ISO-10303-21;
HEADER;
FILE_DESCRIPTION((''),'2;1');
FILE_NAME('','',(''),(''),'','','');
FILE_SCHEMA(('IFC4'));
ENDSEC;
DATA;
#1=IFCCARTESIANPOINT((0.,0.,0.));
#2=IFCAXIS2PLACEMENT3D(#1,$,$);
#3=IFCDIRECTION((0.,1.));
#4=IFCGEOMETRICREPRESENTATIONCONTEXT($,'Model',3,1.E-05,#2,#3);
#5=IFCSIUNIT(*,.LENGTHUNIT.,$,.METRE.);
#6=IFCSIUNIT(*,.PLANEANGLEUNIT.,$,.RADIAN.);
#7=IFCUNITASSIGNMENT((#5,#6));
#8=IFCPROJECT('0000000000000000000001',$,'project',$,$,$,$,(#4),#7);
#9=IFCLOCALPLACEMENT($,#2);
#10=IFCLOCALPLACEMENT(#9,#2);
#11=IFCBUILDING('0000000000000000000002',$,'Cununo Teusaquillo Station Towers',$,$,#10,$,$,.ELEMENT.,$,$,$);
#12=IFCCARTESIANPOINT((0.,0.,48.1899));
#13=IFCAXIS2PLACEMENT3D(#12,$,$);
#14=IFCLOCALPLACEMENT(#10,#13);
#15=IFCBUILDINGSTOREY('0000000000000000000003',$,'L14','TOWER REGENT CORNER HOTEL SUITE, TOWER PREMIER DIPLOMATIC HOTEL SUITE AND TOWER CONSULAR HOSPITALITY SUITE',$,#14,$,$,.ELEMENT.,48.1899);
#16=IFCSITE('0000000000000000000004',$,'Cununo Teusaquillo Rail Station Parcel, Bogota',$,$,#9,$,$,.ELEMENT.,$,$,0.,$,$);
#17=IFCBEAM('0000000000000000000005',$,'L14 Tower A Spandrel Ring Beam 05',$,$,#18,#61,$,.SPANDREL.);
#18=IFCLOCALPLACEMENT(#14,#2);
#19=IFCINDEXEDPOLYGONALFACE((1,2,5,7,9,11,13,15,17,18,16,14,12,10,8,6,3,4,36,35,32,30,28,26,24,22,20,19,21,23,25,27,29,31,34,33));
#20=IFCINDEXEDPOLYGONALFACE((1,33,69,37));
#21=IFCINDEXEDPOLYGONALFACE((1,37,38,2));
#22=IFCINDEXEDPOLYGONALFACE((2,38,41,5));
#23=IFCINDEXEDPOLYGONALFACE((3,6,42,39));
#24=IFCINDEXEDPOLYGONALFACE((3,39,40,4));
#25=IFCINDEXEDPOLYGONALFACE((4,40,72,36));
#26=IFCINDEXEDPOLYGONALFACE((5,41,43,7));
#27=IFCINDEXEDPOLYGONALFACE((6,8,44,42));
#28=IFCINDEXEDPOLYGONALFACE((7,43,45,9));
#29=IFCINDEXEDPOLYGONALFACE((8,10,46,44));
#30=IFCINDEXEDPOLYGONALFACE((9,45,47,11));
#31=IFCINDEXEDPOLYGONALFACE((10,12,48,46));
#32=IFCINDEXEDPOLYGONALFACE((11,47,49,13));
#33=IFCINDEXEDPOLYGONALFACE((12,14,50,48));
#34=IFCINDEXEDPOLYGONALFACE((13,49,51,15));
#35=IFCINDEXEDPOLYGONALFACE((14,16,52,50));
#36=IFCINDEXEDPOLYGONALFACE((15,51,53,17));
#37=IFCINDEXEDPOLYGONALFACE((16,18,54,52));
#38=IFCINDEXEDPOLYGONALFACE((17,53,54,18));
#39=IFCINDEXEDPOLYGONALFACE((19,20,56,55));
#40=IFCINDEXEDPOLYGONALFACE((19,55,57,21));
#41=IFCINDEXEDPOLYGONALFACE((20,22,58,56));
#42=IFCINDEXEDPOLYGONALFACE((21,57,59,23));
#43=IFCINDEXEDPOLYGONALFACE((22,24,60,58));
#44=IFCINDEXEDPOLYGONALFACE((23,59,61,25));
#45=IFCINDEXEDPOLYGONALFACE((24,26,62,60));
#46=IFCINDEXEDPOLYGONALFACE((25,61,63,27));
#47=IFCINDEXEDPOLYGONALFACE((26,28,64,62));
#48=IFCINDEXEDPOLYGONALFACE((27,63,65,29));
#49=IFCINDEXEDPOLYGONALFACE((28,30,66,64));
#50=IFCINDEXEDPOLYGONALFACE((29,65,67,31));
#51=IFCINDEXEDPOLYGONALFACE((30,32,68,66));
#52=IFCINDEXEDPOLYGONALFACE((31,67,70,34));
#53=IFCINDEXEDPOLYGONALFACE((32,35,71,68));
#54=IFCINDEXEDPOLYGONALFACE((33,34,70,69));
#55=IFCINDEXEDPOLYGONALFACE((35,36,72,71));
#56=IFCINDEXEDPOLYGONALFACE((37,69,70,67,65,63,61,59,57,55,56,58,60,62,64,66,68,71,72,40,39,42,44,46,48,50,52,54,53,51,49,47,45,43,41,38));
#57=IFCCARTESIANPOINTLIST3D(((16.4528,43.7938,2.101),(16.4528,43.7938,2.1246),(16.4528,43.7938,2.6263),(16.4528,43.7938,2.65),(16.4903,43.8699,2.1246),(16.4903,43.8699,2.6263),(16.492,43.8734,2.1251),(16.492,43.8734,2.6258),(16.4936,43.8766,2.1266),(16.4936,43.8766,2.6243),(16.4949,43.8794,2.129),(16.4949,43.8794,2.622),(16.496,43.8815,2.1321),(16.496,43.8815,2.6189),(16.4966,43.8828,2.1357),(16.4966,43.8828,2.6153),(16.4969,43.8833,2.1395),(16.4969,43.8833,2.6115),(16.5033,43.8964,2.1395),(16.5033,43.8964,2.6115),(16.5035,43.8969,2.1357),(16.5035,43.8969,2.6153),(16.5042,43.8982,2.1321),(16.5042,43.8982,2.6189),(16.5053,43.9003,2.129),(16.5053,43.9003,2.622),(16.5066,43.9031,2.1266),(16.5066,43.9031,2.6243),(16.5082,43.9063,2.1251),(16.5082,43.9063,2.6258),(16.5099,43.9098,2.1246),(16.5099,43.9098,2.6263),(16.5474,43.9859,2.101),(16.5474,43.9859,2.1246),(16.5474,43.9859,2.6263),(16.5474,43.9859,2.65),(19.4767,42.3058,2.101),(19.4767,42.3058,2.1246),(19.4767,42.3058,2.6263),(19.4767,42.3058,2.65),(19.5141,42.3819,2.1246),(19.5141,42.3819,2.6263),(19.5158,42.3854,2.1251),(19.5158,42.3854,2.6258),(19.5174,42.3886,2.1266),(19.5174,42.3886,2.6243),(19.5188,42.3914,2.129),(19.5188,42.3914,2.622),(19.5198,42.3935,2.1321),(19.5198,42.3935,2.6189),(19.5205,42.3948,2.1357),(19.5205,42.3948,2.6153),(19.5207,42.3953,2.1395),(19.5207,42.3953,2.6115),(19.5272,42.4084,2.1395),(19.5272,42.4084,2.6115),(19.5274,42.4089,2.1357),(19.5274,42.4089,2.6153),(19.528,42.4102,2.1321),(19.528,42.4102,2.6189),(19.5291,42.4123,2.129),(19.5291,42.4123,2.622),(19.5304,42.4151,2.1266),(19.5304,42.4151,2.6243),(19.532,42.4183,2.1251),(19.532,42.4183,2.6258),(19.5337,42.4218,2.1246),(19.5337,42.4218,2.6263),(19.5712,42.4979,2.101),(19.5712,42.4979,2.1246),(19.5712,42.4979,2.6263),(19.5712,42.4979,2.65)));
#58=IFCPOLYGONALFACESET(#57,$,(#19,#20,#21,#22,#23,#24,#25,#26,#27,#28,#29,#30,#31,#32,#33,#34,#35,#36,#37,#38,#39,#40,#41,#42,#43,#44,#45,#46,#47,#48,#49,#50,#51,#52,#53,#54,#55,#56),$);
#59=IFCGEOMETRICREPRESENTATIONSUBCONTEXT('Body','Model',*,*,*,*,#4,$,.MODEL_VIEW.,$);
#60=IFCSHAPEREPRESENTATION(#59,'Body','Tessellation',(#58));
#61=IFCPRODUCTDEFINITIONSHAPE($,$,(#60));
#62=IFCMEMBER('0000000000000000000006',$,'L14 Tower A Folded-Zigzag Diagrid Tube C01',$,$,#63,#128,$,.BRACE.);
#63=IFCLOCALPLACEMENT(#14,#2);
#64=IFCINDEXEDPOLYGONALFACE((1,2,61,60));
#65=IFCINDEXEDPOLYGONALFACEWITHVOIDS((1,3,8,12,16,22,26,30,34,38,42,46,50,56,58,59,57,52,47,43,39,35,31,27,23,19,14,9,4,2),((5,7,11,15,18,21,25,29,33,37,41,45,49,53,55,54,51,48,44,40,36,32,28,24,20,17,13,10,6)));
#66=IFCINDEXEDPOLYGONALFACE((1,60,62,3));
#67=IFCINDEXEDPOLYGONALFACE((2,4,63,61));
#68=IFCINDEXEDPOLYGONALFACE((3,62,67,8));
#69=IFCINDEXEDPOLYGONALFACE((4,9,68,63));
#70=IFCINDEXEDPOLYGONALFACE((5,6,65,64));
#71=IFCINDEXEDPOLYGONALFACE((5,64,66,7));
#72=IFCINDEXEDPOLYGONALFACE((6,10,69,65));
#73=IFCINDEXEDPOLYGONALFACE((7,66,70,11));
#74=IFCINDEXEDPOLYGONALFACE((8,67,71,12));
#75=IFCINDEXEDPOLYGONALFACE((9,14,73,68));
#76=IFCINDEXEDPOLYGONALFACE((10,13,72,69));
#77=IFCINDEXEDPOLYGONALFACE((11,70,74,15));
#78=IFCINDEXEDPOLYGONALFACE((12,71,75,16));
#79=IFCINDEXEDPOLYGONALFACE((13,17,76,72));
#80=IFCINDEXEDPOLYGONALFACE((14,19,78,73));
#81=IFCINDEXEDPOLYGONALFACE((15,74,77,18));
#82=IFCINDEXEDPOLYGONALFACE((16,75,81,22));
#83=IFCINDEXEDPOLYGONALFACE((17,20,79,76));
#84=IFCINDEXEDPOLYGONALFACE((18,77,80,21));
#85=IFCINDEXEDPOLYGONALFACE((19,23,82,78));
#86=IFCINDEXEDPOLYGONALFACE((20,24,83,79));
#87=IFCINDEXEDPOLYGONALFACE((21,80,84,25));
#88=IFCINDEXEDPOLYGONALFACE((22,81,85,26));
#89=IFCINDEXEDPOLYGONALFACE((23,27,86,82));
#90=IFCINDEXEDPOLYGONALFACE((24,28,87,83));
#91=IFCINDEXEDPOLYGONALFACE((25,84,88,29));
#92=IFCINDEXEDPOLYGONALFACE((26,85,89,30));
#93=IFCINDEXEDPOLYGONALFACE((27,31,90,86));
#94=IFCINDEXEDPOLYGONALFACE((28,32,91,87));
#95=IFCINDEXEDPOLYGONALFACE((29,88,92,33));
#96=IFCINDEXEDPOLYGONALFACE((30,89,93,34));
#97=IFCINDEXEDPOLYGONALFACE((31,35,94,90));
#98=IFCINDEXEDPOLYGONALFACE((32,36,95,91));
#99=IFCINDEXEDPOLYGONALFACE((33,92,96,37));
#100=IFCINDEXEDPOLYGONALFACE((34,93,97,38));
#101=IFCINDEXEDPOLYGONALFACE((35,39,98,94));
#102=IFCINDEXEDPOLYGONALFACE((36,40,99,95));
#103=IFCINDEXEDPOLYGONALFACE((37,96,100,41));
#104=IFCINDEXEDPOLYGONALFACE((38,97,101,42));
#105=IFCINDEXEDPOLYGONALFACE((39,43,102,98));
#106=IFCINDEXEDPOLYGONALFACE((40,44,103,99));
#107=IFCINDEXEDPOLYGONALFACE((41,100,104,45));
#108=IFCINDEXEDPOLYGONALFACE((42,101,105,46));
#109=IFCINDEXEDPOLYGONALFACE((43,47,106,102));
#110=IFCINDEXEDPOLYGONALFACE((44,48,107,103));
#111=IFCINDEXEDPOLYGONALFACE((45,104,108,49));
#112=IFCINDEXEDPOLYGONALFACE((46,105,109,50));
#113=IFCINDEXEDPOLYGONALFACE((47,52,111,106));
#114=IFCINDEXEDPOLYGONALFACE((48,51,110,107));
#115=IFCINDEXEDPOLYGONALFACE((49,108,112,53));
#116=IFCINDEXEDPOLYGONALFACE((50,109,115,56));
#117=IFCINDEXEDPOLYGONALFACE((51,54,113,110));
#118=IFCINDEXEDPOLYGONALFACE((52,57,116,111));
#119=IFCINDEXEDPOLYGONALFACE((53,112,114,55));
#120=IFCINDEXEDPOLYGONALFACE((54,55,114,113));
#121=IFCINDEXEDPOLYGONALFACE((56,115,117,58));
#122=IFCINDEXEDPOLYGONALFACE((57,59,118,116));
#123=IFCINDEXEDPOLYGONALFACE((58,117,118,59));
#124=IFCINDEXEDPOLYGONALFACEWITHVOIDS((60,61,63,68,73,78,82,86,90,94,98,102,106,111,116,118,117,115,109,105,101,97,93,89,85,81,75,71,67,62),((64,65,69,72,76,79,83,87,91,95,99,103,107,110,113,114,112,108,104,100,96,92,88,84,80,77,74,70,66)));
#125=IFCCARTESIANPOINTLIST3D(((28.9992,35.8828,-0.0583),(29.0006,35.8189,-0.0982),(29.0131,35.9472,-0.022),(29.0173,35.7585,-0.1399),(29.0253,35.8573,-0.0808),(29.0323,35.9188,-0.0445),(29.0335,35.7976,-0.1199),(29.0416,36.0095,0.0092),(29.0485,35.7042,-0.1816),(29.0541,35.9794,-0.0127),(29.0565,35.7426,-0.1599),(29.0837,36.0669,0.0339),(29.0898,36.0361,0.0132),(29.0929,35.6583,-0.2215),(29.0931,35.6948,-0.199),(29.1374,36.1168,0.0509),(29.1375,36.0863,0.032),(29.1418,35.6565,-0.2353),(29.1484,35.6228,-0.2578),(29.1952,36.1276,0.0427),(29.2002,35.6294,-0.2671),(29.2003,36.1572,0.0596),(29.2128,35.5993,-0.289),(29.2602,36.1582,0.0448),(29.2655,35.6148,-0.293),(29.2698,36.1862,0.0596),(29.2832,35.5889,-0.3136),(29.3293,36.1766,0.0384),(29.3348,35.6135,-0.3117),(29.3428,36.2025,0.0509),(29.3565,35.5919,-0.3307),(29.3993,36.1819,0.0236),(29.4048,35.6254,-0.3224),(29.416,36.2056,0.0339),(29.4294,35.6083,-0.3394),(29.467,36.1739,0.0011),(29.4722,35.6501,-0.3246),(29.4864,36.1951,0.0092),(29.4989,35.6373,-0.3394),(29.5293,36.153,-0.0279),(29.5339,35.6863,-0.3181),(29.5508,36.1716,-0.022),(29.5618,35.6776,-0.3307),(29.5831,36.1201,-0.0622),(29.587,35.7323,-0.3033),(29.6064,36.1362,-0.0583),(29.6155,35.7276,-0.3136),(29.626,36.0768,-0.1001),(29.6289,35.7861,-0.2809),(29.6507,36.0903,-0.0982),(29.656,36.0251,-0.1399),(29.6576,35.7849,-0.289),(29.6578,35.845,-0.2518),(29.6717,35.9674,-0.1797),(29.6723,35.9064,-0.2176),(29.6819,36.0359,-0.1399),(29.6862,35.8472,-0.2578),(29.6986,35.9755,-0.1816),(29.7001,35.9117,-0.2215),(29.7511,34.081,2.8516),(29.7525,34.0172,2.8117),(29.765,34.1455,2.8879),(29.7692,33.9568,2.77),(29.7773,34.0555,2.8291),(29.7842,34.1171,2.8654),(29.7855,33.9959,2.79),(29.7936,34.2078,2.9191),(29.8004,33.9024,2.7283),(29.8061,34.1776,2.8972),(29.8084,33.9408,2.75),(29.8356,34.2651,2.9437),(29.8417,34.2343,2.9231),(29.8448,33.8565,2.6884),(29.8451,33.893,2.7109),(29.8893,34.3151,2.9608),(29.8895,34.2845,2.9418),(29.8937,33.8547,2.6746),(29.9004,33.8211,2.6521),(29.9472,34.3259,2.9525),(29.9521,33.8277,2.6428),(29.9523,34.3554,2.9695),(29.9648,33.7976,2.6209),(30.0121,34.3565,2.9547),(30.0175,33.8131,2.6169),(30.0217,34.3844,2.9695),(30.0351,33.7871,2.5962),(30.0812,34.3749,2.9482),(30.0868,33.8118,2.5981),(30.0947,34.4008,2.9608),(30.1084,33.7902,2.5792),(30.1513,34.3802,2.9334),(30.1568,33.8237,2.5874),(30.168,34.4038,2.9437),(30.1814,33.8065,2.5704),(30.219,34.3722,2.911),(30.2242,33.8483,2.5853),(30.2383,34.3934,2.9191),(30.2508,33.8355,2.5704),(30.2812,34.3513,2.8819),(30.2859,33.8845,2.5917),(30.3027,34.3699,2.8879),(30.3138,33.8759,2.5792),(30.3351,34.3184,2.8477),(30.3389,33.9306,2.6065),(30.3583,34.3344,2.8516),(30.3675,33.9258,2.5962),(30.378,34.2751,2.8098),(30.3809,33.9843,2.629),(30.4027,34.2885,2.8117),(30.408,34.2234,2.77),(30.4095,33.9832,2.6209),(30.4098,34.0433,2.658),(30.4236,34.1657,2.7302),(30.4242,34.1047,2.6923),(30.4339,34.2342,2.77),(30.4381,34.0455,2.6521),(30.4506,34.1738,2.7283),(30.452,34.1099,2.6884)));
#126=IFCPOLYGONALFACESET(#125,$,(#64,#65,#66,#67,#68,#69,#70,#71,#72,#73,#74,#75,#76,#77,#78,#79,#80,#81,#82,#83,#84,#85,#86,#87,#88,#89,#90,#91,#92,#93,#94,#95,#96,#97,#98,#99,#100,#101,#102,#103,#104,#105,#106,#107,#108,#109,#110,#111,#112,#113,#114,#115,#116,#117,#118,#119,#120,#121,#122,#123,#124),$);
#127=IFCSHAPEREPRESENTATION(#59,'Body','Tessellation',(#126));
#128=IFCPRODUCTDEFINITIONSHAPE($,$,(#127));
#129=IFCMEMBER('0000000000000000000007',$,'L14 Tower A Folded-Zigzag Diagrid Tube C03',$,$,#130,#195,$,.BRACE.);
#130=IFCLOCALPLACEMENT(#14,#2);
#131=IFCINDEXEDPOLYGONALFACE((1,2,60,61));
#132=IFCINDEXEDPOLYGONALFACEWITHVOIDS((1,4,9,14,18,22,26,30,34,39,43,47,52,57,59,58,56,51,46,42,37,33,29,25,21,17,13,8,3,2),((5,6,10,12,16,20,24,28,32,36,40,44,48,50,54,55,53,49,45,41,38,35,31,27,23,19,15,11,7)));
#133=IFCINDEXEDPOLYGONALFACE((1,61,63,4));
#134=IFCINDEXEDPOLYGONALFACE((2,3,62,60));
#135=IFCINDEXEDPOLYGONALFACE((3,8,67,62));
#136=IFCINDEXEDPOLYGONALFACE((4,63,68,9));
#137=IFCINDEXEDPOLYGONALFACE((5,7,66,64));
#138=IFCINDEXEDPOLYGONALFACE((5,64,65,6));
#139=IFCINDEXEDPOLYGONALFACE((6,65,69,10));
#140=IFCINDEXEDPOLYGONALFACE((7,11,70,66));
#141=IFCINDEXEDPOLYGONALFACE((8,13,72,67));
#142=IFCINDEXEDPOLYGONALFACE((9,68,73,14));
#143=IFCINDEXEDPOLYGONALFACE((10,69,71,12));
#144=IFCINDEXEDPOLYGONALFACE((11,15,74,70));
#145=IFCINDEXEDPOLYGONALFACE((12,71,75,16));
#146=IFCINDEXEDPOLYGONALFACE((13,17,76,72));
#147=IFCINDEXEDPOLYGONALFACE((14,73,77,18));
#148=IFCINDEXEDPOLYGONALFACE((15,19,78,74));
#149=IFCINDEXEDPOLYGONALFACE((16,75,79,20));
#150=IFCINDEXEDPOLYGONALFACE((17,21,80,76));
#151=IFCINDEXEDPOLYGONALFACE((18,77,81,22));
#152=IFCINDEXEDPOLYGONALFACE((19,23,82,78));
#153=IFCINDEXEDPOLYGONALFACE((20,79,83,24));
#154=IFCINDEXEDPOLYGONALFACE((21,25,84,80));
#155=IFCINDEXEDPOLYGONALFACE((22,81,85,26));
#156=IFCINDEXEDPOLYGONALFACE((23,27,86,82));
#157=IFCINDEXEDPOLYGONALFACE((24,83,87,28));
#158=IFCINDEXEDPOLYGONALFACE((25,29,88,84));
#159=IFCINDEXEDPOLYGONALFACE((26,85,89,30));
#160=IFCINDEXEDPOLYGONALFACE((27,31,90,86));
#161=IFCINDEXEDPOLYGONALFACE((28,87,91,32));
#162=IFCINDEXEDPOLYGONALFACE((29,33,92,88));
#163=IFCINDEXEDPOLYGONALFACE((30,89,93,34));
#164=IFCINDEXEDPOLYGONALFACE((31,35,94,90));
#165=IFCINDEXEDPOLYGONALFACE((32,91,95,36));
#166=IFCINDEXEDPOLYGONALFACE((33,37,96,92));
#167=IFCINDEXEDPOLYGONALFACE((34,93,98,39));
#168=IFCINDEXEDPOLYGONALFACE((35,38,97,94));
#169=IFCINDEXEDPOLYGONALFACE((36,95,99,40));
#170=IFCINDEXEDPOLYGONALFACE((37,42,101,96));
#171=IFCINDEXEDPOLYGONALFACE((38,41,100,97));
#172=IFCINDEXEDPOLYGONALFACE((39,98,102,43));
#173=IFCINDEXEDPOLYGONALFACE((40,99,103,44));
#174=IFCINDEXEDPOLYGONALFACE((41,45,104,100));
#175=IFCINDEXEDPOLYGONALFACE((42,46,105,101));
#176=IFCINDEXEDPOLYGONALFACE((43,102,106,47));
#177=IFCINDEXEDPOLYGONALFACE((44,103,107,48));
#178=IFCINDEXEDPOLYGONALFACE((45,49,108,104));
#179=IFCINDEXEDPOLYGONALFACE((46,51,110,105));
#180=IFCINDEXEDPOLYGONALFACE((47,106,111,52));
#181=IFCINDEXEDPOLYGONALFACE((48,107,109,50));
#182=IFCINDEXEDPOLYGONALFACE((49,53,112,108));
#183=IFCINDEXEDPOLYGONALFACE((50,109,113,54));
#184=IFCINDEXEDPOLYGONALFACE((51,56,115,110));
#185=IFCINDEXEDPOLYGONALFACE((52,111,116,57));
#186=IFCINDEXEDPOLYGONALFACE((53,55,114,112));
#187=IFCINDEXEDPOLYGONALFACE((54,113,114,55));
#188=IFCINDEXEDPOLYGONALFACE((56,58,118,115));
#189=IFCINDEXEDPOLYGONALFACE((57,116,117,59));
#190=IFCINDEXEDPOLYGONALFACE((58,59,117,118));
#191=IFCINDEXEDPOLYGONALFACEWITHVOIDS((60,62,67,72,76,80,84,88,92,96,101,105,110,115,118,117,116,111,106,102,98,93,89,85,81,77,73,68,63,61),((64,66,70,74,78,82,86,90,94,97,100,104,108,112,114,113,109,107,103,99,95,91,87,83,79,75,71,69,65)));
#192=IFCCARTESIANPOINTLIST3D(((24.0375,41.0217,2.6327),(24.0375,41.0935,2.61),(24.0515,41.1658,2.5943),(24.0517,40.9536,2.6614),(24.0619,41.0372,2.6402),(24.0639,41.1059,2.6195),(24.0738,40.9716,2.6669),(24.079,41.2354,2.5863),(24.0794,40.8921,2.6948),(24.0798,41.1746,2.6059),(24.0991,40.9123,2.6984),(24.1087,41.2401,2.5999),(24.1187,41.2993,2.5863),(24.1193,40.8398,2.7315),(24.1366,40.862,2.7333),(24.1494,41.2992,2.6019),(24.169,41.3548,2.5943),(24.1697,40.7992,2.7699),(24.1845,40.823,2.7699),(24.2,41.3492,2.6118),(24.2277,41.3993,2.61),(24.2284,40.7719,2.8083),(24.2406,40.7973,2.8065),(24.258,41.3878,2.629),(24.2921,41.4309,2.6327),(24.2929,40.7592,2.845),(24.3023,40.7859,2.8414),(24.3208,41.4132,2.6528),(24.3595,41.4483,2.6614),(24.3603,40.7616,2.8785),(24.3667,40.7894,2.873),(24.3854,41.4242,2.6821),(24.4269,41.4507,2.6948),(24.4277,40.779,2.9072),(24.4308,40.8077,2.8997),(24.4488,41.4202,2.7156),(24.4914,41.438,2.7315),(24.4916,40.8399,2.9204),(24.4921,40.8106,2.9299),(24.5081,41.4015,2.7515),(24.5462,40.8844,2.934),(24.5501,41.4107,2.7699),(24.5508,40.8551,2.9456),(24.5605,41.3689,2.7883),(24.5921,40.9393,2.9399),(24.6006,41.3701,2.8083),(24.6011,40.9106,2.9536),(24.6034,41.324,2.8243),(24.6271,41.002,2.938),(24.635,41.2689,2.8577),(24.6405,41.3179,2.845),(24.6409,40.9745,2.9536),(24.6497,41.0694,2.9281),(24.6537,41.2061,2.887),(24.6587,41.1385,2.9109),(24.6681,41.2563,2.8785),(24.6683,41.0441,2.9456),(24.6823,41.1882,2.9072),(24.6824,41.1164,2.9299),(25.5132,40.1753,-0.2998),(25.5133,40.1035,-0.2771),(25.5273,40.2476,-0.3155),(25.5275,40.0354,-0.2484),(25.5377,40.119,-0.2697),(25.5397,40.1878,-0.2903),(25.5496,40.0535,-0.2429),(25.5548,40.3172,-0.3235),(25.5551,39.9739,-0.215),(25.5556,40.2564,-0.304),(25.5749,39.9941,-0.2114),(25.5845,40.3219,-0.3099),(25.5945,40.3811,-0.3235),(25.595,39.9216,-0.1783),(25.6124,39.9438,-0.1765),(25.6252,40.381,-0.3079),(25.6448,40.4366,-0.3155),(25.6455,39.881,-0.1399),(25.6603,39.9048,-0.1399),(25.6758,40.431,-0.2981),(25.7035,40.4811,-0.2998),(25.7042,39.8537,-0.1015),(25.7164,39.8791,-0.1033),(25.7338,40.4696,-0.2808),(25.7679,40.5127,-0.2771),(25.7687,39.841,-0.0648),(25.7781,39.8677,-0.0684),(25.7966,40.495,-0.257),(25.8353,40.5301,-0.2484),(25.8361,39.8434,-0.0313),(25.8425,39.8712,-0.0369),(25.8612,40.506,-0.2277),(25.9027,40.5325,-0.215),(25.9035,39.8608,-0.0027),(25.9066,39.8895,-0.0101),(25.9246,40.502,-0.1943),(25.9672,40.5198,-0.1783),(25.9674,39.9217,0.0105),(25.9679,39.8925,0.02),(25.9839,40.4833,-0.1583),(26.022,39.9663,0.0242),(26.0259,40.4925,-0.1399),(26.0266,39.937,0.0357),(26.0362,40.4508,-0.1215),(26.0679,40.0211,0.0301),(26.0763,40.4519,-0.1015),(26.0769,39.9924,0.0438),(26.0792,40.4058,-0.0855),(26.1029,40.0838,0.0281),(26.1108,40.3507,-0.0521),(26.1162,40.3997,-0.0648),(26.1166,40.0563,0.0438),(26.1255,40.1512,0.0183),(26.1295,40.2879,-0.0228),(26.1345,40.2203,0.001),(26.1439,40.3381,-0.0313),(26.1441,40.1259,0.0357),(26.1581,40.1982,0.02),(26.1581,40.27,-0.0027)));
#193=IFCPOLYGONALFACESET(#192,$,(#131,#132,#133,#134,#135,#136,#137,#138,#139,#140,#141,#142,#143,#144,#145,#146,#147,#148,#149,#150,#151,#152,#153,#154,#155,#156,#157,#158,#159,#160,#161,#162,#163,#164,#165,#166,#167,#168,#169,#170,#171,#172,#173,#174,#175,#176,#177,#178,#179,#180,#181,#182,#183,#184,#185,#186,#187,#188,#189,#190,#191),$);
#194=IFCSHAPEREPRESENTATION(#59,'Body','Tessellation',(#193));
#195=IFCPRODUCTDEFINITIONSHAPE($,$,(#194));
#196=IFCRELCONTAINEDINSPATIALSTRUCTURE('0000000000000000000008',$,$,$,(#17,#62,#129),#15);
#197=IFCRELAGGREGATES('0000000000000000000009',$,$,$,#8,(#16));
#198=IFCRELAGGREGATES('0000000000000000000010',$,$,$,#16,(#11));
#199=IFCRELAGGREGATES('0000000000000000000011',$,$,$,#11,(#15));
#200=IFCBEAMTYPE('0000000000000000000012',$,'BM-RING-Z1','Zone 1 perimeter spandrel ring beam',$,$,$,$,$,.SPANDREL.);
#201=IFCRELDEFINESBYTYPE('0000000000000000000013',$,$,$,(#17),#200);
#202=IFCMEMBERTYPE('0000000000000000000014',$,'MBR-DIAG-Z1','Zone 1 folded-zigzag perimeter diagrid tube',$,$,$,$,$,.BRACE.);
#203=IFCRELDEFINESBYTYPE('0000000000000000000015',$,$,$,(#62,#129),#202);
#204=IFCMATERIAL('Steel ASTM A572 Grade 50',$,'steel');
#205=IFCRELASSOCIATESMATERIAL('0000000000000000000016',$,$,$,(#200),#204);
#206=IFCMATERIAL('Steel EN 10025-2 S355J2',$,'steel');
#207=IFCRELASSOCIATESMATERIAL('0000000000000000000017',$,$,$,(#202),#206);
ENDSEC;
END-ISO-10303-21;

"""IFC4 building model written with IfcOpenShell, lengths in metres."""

from ifc_helpers import new_model, si_unit, direction, frame, origin, origin_2d, place, context, subcontext, project, spatial, hollow_circle, i_section, extrude, material, material_profile, profile_set, type_object, element, save


model = new_model("IFC4")

# Units and contexts
model_context = context("Model", 3, precision=1e-05, world=origin(), true_north=direction((0.0, 1.0)))
body_context = subcontext(model_context, "Body", "Model", "MODEL_VIEW")
ifc_project = project(units=[si_unit("LENGTHUNIT", "METRE"), si_unit("PLANEANGLEUNIT", "RADIAN")], contexts=[model_context])

# Site, building, storey
site_placement = place(None, origin())
site = spatial("IfcSite", under=ifc_project, at=site_placement, Name="Cununo Teusaquillo Rail Station Parcel, Bogota", CompositionType="ELEMENT", RefElevation=0.0)
building_placement = place(site_placement, origin())
building = spatial("IfcBuilding", under=site, at=building_placement, Name="Cununo Teusaquillo Station Towers", CompositionType="ELEMENT")
storey_placement = place(building_placement, frame((0.0, 0.0, 48.1899)))
storey = spatial("IfcBuildingStorey", under=building, at=storey_placement, Name="L14", Description="TOWER REGENT CORNER HOTEL SUITE, TOWER PREMIER DIPLOMATIC HOTEL SUITE AND TOWER CONSULAR HOSPITALITY SUITE", CompositionType="ELEMENT", Elevation=48.1899)

# Beam
ifc_material_1 = material(Name="Steel ASTM A572 Grade 50", Category="steel")
ifc_material_profile_1 = material_profile(ifc_material_1, i_section(OverallWidth=0.2141, OverallDepth=0.5491, WebThickness=0.0146, FlangeThickness=0.0237, FilletRadius=0.0149, at=origin_2d()), Name="W21X93")
ifc_profile_set_1 = profile_set([ifc_material_profile_1], Name="Steel ASTM A572 Grade 50")
beam_type_1 = type_object("IfcBeamType", Name="BM-RING-Z1", Description="Zone 1 perimeter spandrel ring beam", PredefinedType="SPANDREL", material=ifc_profile_set_1)
beam_1_placement = place(storey_placement, frame((19.5239, 42.4019, 2.3755), z_axis=(-0.897249, 0.441525, 0.0), x_axis=(-0.441525, -0.897249, 0.0)))
element("IfcBeam", 1, at=beam_1_placement, inside=storey, type_object=beam_type_1, Name="L14 Tower A Spandrel Ring Beam 05", PredefinedType="SPANDREL", context=body_context, shape_type="SweptSolid", body=[
    extrude(i_section(OverallWidth=0.2141, OverallDepth=0.5491, WebThickness=0.0146, FlangeThickness=0.0237, FilletRadius=0.0149, at=origin_2d()), origin(), (0.0, 0.0, 1.0), 3.3701),
])

# Members
ifc_material_2 = material(Name="Steel EN 10025-2 S355J2", Category="steel")
ifc_material_profile_2 = material_profile(ifc_material_2, hollow_circle(Radius=0.3601, WallThickness=0.0281, at=origin_2d()), Name="CHS 720x28")
ifc_profile_set_2 = profile_set([ifc_material_profile_2], Name="Steel EN 10025-2 S355J2")
member_type = type_object("IfcMemberType", Name="MBR-DIAG-Z1", Description="Zone 1 folded-zigzag perimeter diagrid tube", PredefinedType="BRACE", material=ifc_profile_set_2)
member_1_placement = place(storey_placement, frame((29.3496, 35.8972, -0.1399), z_axis=(0.214587, -0.514172, 0.830409), x_axis=(0.922855, 0.385148, 0.0)))
element("IfcMember", 2, at=member_1_placement, inside=storey, type_object=member_type, Name="L14 Tower A Folded-Zigzag Diagrid Tube C01", PredefinedType="BRACE", context=body_context, shape_type="SweptSolid", body=[
    extrude(hollow_circle(Radius=0.3601, WallThickness=0.0281, at=origin_2d()), origin(), (0.0, 0.0, 1.0), 3.5042),
])
member_2_placement = place(storey_placement, frame((25.8357, 40.1868, -0.1399), z_axis=(-0.435411, 0.270898, 0.858505), x_axis=(-0.528268, -0.849078, 0.0)))
element("IfcMember", 3, at=member_2_placement, inside=storey, type_object=member_type, Name="L14 Tower A Folded-Zigzag Diagrid Tube C03", PredefinedType="BRACE", context=body_context, shape_type="SweptSolid", body=[
    extrude(hollow_circle(Radius=0.3601, WallThickness=0.0281, at=origin_2d()), origin(), (0.0, 0.0, 1.0), 3.3894),
])

save(model, "model.ifc")
